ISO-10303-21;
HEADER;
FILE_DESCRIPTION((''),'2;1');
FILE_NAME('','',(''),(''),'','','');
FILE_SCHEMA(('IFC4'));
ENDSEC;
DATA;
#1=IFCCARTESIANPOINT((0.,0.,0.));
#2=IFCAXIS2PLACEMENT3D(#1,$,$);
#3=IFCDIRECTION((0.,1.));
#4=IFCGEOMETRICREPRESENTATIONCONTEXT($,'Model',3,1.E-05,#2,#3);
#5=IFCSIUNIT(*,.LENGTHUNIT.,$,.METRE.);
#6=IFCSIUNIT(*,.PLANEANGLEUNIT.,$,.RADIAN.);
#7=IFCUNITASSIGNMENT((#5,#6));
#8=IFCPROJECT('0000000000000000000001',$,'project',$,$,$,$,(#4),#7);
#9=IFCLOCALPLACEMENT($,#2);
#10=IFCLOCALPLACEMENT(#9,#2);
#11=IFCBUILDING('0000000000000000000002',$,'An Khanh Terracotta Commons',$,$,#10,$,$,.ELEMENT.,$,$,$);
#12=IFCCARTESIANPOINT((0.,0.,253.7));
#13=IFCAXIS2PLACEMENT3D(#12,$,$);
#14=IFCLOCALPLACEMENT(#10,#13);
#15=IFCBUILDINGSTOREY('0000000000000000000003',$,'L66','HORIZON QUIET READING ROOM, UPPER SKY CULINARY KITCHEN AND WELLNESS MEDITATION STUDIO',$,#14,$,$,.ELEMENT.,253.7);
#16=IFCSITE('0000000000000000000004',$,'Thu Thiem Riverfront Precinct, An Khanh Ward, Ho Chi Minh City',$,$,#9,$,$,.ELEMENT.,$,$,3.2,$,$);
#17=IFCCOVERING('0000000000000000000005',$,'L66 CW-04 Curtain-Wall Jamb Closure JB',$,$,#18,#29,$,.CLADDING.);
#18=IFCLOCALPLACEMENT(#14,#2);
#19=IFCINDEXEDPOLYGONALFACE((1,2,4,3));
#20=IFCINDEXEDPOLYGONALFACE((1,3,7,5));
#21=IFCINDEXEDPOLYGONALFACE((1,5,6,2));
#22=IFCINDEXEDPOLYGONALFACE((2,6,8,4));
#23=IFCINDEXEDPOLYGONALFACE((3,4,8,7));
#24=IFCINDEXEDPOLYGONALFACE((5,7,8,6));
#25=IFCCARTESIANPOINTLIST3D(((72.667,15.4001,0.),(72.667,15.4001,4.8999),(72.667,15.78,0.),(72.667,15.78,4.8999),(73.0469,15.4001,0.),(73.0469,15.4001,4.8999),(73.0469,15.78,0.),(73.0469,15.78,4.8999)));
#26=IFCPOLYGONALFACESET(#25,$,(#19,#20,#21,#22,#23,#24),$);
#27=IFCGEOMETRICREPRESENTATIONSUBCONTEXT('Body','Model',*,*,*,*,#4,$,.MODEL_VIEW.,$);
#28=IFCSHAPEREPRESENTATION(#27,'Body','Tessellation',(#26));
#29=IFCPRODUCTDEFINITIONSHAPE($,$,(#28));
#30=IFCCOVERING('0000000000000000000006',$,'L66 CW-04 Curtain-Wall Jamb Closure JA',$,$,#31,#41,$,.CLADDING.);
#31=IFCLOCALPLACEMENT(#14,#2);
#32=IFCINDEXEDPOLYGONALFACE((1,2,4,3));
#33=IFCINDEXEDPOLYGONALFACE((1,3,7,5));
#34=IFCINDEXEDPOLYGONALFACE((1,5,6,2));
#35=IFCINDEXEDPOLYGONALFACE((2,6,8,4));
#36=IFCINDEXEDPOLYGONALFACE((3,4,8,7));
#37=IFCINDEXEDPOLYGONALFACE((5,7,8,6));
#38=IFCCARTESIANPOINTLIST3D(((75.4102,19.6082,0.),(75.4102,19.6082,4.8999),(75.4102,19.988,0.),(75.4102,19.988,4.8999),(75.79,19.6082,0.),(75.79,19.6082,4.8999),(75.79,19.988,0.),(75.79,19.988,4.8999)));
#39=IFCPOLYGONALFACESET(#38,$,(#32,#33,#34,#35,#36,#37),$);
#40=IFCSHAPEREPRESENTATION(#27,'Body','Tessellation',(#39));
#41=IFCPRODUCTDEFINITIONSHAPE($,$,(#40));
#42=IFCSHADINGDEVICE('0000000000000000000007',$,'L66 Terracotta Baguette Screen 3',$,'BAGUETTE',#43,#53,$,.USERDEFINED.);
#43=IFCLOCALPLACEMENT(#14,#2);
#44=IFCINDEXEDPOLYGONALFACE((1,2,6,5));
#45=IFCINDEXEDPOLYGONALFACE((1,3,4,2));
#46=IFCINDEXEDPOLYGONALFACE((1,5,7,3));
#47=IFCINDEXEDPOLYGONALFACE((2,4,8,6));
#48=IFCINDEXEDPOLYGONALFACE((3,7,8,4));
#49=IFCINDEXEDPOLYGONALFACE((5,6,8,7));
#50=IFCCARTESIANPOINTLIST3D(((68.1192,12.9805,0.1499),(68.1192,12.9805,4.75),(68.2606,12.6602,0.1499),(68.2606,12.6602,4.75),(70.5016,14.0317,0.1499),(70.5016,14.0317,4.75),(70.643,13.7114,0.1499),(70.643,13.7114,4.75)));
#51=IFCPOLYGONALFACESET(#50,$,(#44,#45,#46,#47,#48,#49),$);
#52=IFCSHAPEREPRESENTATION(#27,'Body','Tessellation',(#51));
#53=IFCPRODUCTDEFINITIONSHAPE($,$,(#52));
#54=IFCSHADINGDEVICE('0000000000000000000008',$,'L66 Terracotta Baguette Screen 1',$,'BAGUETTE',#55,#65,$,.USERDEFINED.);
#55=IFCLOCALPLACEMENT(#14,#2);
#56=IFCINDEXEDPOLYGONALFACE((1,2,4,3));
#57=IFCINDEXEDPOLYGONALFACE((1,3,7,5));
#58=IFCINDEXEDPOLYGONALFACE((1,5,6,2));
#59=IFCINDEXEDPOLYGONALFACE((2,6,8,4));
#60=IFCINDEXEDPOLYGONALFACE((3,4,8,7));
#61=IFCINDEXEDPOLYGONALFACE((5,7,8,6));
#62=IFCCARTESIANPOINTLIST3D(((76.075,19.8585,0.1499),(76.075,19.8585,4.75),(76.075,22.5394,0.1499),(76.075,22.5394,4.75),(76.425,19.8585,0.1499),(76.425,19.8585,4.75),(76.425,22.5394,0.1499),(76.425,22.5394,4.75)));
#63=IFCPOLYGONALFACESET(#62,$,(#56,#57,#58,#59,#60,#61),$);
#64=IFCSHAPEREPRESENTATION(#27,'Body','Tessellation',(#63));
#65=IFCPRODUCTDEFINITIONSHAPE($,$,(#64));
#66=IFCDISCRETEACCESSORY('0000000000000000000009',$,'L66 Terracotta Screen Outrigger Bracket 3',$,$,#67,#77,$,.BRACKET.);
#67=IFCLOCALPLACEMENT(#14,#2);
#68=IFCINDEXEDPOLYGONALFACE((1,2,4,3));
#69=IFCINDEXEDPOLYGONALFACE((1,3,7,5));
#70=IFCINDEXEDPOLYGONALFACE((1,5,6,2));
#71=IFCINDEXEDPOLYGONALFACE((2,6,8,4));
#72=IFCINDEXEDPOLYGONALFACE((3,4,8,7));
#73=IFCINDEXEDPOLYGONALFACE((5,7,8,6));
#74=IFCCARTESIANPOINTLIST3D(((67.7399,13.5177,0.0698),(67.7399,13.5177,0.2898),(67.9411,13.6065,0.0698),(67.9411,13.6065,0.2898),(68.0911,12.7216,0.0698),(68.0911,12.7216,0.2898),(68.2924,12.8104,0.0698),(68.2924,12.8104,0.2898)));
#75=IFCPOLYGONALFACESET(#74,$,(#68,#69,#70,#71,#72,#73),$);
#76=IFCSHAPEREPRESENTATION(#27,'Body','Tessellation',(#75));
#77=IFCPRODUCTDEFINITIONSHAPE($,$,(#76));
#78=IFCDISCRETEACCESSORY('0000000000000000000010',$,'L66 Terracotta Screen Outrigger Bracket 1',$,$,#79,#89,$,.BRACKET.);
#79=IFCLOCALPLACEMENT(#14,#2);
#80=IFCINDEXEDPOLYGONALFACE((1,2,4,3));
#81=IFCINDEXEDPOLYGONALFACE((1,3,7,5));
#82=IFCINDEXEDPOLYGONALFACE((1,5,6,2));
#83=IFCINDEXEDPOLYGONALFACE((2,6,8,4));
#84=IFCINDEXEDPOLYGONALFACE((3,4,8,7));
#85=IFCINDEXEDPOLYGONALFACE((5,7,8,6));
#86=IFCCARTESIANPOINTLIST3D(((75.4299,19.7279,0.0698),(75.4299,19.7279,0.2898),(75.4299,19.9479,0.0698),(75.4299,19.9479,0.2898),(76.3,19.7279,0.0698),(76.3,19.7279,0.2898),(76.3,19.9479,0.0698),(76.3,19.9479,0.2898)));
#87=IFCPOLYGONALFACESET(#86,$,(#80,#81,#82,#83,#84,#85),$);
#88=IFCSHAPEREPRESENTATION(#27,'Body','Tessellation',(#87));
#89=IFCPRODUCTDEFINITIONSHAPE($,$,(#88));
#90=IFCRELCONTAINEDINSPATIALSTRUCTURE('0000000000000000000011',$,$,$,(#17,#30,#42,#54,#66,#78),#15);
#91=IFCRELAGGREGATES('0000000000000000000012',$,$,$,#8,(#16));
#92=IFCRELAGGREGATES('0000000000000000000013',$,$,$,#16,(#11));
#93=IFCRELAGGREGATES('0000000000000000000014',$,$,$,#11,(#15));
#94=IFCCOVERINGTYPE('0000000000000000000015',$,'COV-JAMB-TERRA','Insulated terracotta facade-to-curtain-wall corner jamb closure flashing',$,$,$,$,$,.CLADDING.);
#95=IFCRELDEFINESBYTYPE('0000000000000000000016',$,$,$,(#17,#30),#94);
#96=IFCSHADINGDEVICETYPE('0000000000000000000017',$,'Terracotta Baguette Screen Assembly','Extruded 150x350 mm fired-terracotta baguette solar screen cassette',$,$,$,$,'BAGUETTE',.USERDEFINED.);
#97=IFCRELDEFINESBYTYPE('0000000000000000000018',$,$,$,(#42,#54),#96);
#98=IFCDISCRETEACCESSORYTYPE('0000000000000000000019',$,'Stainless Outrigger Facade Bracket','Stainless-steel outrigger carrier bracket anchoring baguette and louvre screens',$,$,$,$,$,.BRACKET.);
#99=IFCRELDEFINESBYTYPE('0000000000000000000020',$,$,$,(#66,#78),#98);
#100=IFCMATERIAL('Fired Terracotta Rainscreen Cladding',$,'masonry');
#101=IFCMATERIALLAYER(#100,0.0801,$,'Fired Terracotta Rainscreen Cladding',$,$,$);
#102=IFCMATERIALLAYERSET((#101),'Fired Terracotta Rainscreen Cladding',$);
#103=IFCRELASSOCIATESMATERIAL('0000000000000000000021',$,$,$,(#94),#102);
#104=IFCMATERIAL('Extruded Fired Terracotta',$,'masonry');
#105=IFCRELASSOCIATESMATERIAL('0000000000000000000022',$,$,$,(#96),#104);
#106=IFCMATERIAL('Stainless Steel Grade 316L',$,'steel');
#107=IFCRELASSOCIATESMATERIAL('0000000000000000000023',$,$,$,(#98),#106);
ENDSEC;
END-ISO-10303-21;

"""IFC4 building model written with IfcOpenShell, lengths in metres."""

from ifc_helpers import new_model, si_unit, direction, frame, origin, origin_2d, place, context, subcontext, project, spatial, rectangle, extrude, material, layer, layer_set, type_object, element, save


model = new_model("IFC4")

# Units and contexts
model_context = context("Model", 3, precision=1e-05, world=origin(), true_north=direction((0.0, 1.0)))
body_context = subcontext(model_context, "Body", "Model", "MODEL_VIEW")
ifc_project = project(units=[si_unit("LENGTHUNIT", "METRE"), si_unit("PLANEANGLEUNIT", "RADIAN")], contexts=[model_context])

# Site, building, storey
site_placement = place(None, origin())
site = spatial("IfcSite", under=ifc_project, at=site_placement, Name="Thu Thiem Riverfront Precinct, An Khanh Ward, Ho Chi Minh City", CompositionType="ELEMENT", RefElevation=3.2)
building_placement = place(site_placement, origin())
building = spatial("IfcBuilding", under=site, at=building_placement, Name="An Khanh Terracotta Commons", CompositionType="ELEMENT")
storey_placement = place(building_placement, frame((0.0, 0.0, 253.7)))
storey = spatial("IfcBuildingStorey", under=building, at=storey_placement, Name="L66", Description="HORIZON QUIET READING ROOM, UPPER SKY CULINARY KITCHEN AND WELLNESS MEDITATION STUDIO", CompositionType="ELEMENT", Elevation=253.7)

# Coverings
ifc_material_1 = material(Name="Fired Terracotta Rainscreen Cladding", Category="masonry")
ifc_layer_1 = layer(ifc_material_1, 0.0801, Name="Fired Terracotta Rainscreen Cladding")
ifc_layer_set_1 = layer_set([ifc_layer_1], Name="Fired Terracotta Rainscreen Cladding")
covering_type = type_object("IfcCoveringType", Name="COV-JAMB-TERRA", Description="Insulated terracotta facade-to-curtain-wall corner jamb closure flashing", PredefinedType="CLADDING", material=ifc_layer_set_1)
for number, where, z_axis, x_axis, name in (
    (1, (72.8569, 15.5901, 0.0), (0.0, 0.0, 1.0), (1.0, 0.0, 0.0), "L66 CW-04 Curtain-Wall Jamb Closure JB"),
    (2, (75.6001, 19.7981, 0.0), (0.0, 0.0, 1.0), (1.0, 0.0, 0.0), "L66 CW-04 Curtain-Wall Jamb Closure JA"),
):
    element("IfcCovering", number, at=place(storey_placement, frame(where, z_axis=z_axis, x_axis=x_axis)), inside=storey, type_object=covering_type, Name=name, PredefinedType="CLADDING", context=body_context, shape_type="SweptSolid", body=[
        extrude(rectangle(XDim=0.3799, YDim=0.3799, at=origin_2d()), origin(), (0.0, 0.0, 1.0), 4.8999),
    ])

# Shading devices
ifc_material_2 = material(Name="Extruded Fired Terracotta", Category="masonry")
shading_device_type = type_object("IfcShadingDeviceType", Name="Terracotta Baguette Screen Assembly", Description="Extruded 150x350 mm fired-terracotta baguette solar screen cassette", ElementType="BAGUETTE", PredefinedType="USERDEFINED", material=ifc_material_2)
shading_device_1_placement = place(storey_placement, frame((69.3811, 13.3459, 0.1499), z_axis=(0.0, 0.0, 1.0), x_axis=(0.914902, 0.403676, 0.0)))
element("IfcShadingDevice", 3, at=shading_device_1_placement, inside=storey, type_object=shading_device_type, Name="L66 Terracotta Baguette Screen 3", ObjectType="BAGUETTE", PredefinedType="USERDEFINED", context=body_context, shape_type="SweptSolid", body=[
    extrude(rectangle(XDim=2.604, YDim=0.3501, at=origin_2d()), origin(), (0.0, 0.0, 1.0), 4.6001),
])
shading_device_2_placement = place(storey_placement, frame((76.25, 21.199, 0.1499), z_axis=(0.0, 0.0, 1.0), x_axis=(0.0, 1.0, 0.0)))
element("IfcShadingDevice", 4, at=shading_device_2_placement, inside=storey, type_object=shading_device_type, Name="L66 Terracotta Baguette Screen 1", ObjectType="BAGUETTE", PredefinedType="USERDEFINED", context=body_context, shape_type="SweptSolid", body=[
    extrude(rectangle(XDim=2.6809, YDim=0.3501, at=origin_2d()), origin(), (0.0, 0.0, 1.0), 4.6001),
])

# Discrete accessories
ifc_material_3 = material(Name="Stainless Steel Grade 316L", Category="steel")
discrete_accessory_type = type_object("IfcDiscreteAccessoryType", Name="Stainless Outrigger Facade Bracket", Description="Stainless-steel outrigger carrier bracket anchoring baguette and louvre screens", PredefinedType="BRACKET", material=ifc_material_3)
for number, where, z_axis, x_axis, name in (
    (5, (68.0161, 13.1641, 0.0698), (0.0, 0.0, 1.0), (0.914902, 0.403676, 0.0), "L66 Terracotta Screen Outrigger Bracket 3"),
    (6, (75.865, 19.8379, 0.0698), (0.0, 0.0, 1.0), (0.0, 1.0, 0.0), "L66 Terracotta Screen Outrigger Bracket 1"),
):
    element("IfcDiscreteAccessory", number, at=place(storey_placement, frame(where, z_axis=z_axis, x_axis=x_axis)), inside=storey, type_object=discrete_accessory_type, Name=name, PredefinedType="BRACKET", context=body_context, shape_type="SweptSolid", body=[
        extrude(rectangle(XDim=0.22, YDim=0.8701, at=origin_2d()), origin(), (0.0, 0.0, 1.0), 0.22),
    ])

save(model, "model.ifc")
